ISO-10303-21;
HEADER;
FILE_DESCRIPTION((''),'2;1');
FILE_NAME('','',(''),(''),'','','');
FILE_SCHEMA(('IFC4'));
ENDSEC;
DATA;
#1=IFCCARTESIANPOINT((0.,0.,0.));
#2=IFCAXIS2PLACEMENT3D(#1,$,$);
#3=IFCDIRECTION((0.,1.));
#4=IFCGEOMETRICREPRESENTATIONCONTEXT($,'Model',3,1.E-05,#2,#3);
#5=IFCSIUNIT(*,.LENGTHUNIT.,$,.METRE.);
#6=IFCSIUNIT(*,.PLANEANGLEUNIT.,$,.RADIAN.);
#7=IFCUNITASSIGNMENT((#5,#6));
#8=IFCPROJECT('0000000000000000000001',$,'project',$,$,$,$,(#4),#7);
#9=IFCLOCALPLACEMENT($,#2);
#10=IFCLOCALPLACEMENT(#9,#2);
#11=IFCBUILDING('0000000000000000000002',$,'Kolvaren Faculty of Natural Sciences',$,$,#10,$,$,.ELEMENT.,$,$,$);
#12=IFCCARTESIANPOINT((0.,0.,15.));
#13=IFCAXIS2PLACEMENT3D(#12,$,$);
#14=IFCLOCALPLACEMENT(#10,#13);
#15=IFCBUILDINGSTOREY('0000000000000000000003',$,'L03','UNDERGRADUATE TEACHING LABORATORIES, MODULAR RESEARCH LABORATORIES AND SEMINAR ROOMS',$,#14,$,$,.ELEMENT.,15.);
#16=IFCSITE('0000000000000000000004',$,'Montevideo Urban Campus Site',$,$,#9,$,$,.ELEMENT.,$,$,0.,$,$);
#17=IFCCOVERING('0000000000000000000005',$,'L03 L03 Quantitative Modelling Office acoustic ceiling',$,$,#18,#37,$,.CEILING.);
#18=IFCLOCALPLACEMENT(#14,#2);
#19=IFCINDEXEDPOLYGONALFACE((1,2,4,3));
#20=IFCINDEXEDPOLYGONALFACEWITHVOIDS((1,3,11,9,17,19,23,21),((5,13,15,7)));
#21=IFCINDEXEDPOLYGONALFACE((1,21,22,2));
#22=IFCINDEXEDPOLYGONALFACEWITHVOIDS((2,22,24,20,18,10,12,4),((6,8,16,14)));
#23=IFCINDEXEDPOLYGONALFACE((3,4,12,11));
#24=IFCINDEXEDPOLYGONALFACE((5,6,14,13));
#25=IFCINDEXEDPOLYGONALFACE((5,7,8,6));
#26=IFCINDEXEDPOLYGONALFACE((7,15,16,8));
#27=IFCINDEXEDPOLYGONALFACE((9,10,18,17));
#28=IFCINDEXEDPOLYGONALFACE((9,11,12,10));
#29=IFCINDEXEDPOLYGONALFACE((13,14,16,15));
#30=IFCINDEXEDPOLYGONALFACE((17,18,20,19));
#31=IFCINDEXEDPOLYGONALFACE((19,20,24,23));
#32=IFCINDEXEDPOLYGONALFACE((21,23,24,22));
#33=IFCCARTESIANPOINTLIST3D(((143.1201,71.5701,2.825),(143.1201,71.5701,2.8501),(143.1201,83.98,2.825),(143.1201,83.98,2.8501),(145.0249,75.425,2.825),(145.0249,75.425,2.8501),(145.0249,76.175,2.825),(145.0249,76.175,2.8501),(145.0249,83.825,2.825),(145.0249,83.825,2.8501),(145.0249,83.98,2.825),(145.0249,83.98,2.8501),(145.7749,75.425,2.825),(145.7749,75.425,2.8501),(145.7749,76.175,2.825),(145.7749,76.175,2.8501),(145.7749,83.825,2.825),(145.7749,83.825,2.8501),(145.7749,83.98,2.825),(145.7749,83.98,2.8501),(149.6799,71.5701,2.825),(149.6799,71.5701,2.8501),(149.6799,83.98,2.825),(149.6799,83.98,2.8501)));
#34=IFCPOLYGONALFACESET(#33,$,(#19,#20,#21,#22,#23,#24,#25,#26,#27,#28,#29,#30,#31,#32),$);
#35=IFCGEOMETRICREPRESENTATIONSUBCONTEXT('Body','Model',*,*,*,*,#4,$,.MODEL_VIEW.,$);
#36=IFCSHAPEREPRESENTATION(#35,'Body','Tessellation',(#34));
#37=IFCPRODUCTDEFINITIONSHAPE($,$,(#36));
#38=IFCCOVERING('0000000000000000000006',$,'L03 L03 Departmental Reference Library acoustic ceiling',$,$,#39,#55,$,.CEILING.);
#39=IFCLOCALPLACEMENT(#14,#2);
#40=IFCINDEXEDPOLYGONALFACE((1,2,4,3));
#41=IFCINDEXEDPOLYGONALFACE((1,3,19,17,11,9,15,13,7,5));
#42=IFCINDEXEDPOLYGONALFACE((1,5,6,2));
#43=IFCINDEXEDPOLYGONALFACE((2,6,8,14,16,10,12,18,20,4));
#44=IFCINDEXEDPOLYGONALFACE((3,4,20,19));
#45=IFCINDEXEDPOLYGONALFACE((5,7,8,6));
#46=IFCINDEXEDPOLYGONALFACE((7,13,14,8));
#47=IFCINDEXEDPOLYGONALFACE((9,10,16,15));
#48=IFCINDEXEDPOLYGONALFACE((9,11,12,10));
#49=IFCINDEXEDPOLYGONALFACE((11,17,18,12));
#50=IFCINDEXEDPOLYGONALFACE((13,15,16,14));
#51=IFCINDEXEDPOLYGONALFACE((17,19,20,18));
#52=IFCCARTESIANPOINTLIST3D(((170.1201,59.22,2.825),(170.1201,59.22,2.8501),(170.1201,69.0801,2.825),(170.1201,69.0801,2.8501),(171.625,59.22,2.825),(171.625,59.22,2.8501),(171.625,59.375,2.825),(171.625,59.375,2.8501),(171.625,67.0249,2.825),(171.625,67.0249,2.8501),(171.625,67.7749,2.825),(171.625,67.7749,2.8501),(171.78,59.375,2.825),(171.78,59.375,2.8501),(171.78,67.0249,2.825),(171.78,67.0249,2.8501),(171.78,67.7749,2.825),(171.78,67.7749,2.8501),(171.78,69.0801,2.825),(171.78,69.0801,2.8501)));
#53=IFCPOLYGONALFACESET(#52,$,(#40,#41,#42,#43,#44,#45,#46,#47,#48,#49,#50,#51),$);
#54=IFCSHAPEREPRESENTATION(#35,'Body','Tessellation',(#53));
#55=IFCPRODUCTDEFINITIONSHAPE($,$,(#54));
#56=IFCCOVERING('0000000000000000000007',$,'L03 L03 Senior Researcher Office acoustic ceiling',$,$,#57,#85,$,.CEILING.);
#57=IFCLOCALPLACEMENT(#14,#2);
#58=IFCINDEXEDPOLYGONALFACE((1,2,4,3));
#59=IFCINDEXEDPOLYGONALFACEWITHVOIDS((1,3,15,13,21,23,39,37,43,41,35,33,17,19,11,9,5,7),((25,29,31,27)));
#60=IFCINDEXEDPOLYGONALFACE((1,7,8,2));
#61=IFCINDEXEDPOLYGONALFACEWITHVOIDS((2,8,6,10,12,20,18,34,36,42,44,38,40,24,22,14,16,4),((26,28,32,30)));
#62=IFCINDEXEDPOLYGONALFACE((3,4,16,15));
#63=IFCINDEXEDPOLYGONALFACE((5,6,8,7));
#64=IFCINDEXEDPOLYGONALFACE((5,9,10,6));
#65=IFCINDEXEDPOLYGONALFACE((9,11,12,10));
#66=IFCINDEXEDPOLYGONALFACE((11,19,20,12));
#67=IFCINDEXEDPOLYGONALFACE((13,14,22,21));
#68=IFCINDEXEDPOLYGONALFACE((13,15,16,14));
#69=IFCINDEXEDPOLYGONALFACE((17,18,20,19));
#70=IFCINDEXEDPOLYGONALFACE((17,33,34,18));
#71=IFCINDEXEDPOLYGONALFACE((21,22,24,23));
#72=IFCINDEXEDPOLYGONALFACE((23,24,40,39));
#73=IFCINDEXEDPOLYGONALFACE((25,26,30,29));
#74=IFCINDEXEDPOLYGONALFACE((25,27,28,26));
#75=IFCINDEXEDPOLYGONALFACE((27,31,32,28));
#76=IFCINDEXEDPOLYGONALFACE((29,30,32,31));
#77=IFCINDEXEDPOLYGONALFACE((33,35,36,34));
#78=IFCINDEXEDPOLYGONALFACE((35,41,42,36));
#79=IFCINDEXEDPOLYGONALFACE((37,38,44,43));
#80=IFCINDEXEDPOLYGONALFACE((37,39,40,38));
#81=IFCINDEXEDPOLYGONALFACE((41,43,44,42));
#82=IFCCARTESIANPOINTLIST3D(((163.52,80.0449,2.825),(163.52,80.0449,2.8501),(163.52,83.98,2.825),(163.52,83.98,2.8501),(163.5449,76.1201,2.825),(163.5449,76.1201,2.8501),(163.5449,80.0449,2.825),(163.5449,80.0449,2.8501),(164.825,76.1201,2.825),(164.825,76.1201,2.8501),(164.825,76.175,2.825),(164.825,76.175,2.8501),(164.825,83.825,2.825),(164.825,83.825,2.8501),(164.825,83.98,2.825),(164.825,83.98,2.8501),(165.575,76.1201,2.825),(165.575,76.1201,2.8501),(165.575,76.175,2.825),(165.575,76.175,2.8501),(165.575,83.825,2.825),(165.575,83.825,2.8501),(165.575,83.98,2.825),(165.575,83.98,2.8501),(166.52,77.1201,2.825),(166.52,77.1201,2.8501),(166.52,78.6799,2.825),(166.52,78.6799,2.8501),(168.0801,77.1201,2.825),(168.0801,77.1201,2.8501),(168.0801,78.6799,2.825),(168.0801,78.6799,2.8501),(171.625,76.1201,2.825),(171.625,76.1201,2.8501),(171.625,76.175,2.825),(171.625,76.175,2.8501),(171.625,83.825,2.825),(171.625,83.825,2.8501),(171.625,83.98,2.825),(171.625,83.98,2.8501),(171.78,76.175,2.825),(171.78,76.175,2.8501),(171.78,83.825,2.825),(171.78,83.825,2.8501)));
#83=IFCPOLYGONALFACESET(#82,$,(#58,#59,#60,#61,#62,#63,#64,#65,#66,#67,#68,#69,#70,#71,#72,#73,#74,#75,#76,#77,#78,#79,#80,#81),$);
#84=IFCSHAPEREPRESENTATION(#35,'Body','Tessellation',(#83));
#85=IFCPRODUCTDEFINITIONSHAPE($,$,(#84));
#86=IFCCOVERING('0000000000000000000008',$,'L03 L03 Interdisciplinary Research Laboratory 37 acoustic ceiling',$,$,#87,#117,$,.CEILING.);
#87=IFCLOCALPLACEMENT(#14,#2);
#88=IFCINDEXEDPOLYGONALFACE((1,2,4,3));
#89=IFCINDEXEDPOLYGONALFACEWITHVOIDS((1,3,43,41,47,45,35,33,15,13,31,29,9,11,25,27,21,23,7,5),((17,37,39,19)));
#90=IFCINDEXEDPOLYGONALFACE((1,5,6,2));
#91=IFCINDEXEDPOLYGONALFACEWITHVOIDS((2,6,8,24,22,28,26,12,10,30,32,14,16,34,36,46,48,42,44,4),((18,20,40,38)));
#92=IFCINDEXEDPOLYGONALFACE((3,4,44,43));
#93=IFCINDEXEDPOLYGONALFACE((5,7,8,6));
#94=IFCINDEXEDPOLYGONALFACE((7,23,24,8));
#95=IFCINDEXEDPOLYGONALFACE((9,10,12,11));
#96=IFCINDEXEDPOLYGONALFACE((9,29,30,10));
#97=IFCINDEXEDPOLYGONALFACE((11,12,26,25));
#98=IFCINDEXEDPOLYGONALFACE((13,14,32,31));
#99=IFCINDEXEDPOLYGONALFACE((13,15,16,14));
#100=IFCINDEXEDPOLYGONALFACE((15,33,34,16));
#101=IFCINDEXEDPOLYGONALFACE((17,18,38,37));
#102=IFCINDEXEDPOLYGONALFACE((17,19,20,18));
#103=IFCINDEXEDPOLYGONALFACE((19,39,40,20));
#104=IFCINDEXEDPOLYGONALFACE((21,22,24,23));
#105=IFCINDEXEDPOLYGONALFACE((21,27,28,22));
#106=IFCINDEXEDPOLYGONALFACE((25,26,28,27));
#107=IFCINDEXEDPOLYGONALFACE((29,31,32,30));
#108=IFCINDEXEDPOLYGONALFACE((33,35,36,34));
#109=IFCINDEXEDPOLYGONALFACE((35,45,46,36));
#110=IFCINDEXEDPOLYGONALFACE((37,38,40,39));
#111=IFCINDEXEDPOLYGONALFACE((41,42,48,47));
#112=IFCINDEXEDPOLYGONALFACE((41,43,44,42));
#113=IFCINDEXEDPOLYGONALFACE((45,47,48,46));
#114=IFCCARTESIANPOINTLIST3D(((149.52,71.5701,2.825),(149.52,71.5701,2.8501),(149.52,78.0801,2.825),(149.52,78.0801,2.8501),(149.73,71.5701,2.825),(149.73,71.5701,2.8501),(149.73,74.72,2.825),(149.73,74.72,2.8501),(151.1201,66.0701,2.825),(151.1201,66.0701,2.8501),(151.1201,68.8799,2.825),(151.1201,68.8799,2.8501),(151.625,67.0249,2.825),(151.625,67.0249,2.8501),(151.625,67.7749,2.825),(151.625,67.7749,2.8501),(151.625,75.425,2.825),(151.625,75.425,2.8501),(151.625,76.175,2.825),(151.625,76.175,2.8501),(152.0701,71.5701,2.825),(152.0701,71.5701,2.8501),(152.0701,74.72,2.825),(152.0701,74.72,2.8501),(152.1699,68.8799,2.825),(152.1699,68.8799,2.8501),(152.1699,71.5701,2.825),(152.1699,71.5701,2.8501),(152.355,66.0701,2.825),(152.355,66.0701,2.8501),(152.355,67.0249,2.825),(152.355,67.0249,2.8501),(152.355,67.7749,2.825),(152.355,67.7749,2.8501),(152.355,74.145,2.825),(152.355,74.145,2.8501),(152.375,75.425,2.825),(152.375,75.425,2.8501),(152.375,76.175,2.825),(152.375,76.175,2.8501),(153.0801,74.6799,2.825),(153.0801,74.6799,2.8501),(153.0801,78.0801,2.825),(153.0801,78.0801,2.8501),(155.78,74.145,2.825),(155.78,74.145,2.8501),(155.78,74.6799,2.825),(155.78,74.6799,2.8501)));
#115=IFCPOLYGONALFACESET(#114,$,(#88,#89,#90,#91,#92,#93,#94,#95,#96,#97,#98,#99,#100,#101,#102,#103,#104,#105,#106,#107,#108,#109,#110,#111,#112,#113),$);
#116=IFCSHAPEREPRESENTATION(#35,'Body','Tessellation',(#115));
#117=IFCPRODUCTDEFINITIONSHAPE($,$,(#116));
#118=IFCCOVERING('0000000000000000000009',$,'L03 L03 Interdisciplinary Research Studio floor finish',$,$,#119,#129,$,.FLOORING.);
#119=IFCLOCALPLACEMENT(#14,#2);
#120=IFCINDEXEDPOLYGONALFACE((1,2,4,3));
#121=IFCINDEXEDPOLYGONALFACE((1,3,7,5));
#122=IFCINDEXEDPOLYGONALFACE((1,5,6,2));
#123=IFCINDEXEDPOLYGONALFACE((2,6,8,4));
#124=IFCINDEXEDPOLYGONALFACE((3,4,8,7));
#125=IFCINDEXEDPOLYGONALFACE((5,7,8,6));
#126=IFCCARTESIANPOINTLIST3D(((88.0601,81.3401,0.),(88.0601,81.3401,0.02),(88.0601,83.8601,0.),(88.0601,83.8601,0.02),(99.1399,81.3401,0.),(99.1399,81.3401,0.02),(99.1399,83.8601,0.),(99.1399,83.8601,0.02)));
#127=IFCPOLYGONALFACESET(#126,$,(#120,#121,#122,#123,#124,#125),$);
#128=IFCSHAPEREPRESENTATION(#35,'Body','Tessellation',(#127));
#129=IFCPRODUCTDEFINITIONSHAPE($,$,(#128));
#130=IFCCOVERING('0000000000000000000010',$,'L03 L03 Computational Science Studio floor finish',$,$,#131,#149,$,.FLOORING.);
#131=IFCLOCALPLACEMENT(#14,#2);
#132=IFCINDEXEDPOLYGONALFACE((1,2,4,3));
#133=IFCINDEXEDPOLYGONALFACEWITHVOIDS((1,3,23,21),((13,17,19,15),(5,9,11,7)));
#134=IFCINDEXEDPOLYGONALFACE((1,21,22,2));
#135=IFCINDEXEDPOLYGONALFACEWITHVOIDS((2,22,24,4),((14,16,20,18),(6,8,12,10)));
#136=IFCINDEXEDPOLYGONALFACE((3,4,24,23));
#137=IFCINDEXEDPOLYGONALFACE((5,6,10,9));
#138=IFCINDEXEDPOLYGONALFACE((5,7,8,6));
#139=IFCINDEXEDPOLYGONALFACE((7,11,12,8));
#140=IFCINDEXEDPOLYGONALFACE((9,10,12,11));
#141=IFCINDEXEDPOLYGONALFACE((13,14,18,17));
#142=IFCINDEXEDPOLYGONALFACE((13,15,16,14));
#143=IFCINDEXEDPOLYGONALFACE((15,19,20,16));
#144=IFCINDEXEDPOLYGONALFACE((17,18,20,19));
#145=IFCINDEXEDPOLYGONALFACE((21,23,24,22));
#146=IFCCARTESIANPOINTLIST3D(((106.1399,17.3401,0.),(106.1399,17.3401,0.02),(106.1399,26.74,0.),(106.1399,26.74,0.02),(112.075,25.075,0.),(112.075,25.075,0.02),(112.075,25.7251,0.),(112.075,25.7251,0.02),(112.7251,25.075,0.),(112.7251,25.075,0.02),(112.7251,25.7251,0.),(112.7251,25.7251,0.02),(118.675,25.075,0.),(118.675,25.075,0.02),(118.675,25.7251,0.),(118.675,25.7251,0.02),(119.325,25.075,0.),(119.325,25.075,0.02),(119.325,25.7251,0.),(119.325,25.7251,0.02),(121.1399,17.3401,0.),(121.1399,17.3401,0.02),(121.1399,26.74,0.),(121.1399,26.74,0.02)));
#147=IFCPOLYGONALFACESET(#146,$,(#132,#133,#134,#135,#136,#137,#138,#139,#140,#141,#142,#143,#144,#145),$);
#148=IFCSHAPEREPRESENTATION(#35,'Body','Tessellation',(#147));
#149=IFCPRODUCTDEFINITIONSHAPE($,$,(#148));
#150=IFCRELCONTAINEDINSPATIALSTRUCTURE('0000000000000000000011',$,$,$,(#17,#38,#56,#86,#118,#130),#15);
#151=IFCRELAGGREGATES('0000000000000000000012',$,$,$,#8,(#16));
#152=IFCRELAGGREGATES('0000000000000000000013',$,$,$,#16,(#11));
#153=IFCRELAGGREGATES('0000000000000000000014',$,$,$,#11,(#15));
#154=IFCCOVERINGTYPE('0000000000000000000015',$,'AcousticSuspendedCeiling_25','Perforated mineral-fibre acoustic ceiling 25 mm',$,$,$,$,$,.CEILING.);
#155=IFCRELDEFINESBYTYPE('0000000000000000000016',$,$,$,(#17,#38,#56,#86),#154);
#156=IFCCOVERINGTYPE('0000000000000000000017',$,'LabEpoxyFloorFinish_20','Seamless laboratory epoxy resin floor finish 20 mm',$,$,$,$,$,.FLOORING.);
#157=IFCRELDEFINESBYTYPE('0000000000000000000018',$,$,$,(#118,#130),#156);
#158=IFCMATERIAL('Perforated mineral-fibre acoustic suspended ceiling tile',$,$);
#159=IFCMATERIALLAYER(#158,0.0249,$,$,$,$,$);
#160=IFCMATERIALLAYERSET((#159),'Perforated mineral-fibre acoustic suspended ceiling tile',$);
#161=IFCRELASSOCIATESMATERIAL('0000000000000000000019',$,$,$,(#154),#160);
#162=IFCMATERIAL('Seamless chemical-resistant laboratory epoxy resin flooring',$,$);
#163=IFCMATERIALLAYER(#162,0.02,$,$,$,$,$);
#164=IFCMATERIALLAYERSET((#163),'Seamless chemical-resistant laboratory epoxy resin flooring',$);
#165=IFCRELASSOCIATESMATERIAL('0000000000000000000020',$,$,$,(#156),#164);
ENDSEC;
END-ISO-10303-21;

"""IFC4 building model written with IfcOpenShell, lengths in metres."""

from ifc_helpers import new_model, si_unit, direction, frame, origin, place, context, subcontext, project, spatial, polyline, outline, extrude, material, layer, layer_set, type_object, element, save


model = new_model("IFC4")

# Units and contexts
model_context = context("Model", 3, precision=1e-05, world=origin(), true_north=direction((0.0, 1.0)))
body_context = subcontext(model_context, "Body", "Model", "MODEL_VIEW")
ifc_project = project(units=[si_unit("LENGTHUNIT", "METRE"), si_unit("PLANEANGLEUNIT", "RADIAN")], contexts=[model_context])

# Site, building, storey
site_placement = place(None, origin())
site = spatial("IfcSite", under=ifc_project, at=site_placement, Name="Montevideo Urban Campus Site", CompositionType="ELEMENT", RefElevation=0.0)
building_placement = place(site_placement, origin())
building = spatial("IfcBuilding", under=site, at=building_placement, Name="Kolvaren Faculty of Natural Sciences", CompositionType="ELEMENT")
storey_placement = place(building_placement, frame((0.0, 0.0, 15.0)))
storey = spatial("IfcBuildingStorey", under=building, at=storey_placement, Name="L03", Description="UNDERGRADUATE TEACHING LABORATORIES, MODULAR RESEARCH LABORATORIES AND SEMINAR ROOMS", CompositionType="ELEMENT", Elevation=15.0)

# Coverings
ifc_material_1 = material(Name="Perforated mineral-fibre acoustic suspended ceiling tile")
ifc_layer_1 = layer(ifc_material_1, 0.0249)
ifc_layer_set_1 = layer_set([ifc_layer_1], Name="Perforated mineral-fibre acoustic suspended ceiling tile")
covering_type_1 = type_object("IfcCoveringType", Name="AcousticSuspendedCeiling_25", Description="Perforated mineral-fibre acoustic ceiling 25 mm", PredefinedType="CEILING", material=ifc_layer_set_1)
covering_1_placement = place(storey_placement, frame((0.0, 0.0, 2.825)))
element("IfcCovering", 1, at=covering_1_placement, inside=storey, type_object=covering_type_1, Name="L03 L03 Quantitative Modelling Office acoustic ceiling", PredefinedType="CEILING", context=body_context, shape_type="SweptSolid", body=[
    extrude(outline(polyline([(145.0249, 83.98), (145.0249, 83.825), (145.7749, 83.825), (145.7749, 83.98), (149.6799, 83.98), (149.6799, 71.5701), (143.1201, 71.5701), (143.1201, 83.98), (145.0249, 83.98)]), holes=[polyline([(145.0249, 76.175), (145.0249, 75.425), (145.7749, 75.425), (145.7749, 76.175), (145.0249, 76.175)])]), origin(), (0.0, 0.0, 1.0), 0.0251),
])
covering_2_placement = place(storey_placement, frame((0.0, 0.0, 2.825)))
element("IfcCovering", 2, at=covering_2_placement, inside=storey, type_object=covering_type_1, Name="L03 L03 Departmental Reference Library acoustic ceiling", PredefinedType="CEILING", context=body_context, shape_type="SweptSolid", body=[
    extrude(outline(polyline([(171.78, 69.0801), (171.78, 67.7749), (171.625, 67.7749), (171.625, 67.0249), (171.78, 67.0249), (171.78, 59.375), (171.625, 59.375), (171.625, 59.22), (170.1201, 59.22), (170.1201, 69.0801), (171.78, 69.0801)])), origin(), (0.0, 0.0, 1.0), 0.0251),
])
covering_3_placement = place(storey_placement, frame((0.0, 0.0, 2.825)))
element("IfcCovering", 3, at=covering_3_placement, inside=storey, type_object=covering_type_1, Name="L03 L03 Senior Researcher Office acoustic ceiling", PredefinedType="CEILING", context=body_context, shape_type="SweptSolid", body=[
    extrude(outline(polyline([(163.5449, 80.0449), (163.52, 80.0449), (163.52, 83.98), (164.825, 83.98), (164.825, 83.825), (165.575, 83.825), (165.575, 83.98), (171.625, 83.98), (171.625, 83.825), (171.78, 83.825), (171.78, 76.175), (171.625, 76.175), (171.625, 76.1201), (165.575, 76.1201), (165.575, 76.175), (164.825, 76.175), (164.825, 76.1201), (163.5449, 76.1201), (163.5449, 80.0449)]), holes=[polyline([(166.52, 78.6799), (166.52, 77.1201), (168.0801, 77.1201), (168.0801, 78.6799), (166.52, 78.6799)])]), origin(), (0.0, 0.0, 1.0), 0.0251),
])
covering_4_placement = place(storey_placement, frame((0.0, 0.0, 2.825)))
element("IfcCovering", 4, at=covering_4_placement, inside=storey, type_object=covering_type_1, Name="L03 L03 Interdisciplinary Research Laboratory 37 acoustic ceiling", PredefinedType="CEILING", context=body_context, shape_type="SweptSolid", body=[
    extrude(outline(polyline([(151.1201, 68.8799), (152.1699, 68.8799), (152.1699, 71.5701), (152.0701, 71.5701), (152.0701, 74.72), (149.73, 74.72), (149.73, 71.5701), (149.52, 71.5701), (149.52, 78.0801), (153.0801, 78.0801), (153.0801, 74.6799), (155.78, 74.6799), (155.78, 74.145), (152.355, 74.145), (152.355, 67.7749), (151.625, 67.7749), (151.625, 67.0249), (152.355, 67.0249), (152.355, 66.0701), (151.1201, 66.0701), (151.1201, 68.8799)]), holes=[polyline([(151.625, 75.425), (152.375, 75.425), (152.375, 76.175), (151.625, 76.175), (151.625, 75.425)])]), origin(), (0.0, 0.0, 1.0), 0.0251),
])
ifc_material_2 = material(Name="Seamless chemical-resistant laboratory epoxy resin flooring")
ifc_layer_2 = layer(ifc_material_2, 0.02)
ifc_layer_set_2 = layer_set([ifc_layer_2], Name="Seamless chemical-resistant laboratory epoxy resin flooring")
covering_type_2 = type_object("IfcCoveringType", Name="LabEpoxyFloorFinish_20", Description="Seamless laboratory epoxy resin floor finish 20 mm", PredefinedType="FLOORING", material=ifc_layer_set_2)
covering_5_placement = place(storey_placement, origin())
element("IfcCovering", 5, at=covering_5_placement, inside=storey, type_object=covering_type_2, Name="L03 L03 Interdisciplinary Research Studio floor finish", PredefinedType="FLOORING", context=body_context, shape_type="SweptSolid", body=[
    extrude(outline(polyline([(99.1399, 83.8601), (99.1399, 81.3401), (88.0601, 81.3401), (88.0601, 83.8601), (99.1399, 83.8601)])), origin(), (0.0, 0.0, 1.0), 0.02),
])
covering_6_placement = place(storey_placement, origin())
element("IfcCovering", 6, at=covering_6_placement, inside=storey, type_object=covering_type_2, Name="L03 L03 Computational Science Studio floor finish", PredefinedType="FLOORING", context=body_context, shape_type="SweptSolid", body=[
    extrude(outline(polyline([(106.1399, 17.3401), (106.1399, 26.74), (121.1399, 26.74), (121.1399, 17.3401), (106.1399, 17.3401)]), holes=[polyline([(118.675, 25.075), (119.325, 25.075), (119.325, 25.7251), (118.675, 25.7251), (118.675, 25.075)]), polyline([(112.075, 25.7251), (112.075, 25.075), (112.7251, 25.075), (112.7251, 25.7251), (112.075, 25.7251)])]), origin(), (0.0, 0.0, 1.0), 0.02),
])

save(model, "model.ifc")
